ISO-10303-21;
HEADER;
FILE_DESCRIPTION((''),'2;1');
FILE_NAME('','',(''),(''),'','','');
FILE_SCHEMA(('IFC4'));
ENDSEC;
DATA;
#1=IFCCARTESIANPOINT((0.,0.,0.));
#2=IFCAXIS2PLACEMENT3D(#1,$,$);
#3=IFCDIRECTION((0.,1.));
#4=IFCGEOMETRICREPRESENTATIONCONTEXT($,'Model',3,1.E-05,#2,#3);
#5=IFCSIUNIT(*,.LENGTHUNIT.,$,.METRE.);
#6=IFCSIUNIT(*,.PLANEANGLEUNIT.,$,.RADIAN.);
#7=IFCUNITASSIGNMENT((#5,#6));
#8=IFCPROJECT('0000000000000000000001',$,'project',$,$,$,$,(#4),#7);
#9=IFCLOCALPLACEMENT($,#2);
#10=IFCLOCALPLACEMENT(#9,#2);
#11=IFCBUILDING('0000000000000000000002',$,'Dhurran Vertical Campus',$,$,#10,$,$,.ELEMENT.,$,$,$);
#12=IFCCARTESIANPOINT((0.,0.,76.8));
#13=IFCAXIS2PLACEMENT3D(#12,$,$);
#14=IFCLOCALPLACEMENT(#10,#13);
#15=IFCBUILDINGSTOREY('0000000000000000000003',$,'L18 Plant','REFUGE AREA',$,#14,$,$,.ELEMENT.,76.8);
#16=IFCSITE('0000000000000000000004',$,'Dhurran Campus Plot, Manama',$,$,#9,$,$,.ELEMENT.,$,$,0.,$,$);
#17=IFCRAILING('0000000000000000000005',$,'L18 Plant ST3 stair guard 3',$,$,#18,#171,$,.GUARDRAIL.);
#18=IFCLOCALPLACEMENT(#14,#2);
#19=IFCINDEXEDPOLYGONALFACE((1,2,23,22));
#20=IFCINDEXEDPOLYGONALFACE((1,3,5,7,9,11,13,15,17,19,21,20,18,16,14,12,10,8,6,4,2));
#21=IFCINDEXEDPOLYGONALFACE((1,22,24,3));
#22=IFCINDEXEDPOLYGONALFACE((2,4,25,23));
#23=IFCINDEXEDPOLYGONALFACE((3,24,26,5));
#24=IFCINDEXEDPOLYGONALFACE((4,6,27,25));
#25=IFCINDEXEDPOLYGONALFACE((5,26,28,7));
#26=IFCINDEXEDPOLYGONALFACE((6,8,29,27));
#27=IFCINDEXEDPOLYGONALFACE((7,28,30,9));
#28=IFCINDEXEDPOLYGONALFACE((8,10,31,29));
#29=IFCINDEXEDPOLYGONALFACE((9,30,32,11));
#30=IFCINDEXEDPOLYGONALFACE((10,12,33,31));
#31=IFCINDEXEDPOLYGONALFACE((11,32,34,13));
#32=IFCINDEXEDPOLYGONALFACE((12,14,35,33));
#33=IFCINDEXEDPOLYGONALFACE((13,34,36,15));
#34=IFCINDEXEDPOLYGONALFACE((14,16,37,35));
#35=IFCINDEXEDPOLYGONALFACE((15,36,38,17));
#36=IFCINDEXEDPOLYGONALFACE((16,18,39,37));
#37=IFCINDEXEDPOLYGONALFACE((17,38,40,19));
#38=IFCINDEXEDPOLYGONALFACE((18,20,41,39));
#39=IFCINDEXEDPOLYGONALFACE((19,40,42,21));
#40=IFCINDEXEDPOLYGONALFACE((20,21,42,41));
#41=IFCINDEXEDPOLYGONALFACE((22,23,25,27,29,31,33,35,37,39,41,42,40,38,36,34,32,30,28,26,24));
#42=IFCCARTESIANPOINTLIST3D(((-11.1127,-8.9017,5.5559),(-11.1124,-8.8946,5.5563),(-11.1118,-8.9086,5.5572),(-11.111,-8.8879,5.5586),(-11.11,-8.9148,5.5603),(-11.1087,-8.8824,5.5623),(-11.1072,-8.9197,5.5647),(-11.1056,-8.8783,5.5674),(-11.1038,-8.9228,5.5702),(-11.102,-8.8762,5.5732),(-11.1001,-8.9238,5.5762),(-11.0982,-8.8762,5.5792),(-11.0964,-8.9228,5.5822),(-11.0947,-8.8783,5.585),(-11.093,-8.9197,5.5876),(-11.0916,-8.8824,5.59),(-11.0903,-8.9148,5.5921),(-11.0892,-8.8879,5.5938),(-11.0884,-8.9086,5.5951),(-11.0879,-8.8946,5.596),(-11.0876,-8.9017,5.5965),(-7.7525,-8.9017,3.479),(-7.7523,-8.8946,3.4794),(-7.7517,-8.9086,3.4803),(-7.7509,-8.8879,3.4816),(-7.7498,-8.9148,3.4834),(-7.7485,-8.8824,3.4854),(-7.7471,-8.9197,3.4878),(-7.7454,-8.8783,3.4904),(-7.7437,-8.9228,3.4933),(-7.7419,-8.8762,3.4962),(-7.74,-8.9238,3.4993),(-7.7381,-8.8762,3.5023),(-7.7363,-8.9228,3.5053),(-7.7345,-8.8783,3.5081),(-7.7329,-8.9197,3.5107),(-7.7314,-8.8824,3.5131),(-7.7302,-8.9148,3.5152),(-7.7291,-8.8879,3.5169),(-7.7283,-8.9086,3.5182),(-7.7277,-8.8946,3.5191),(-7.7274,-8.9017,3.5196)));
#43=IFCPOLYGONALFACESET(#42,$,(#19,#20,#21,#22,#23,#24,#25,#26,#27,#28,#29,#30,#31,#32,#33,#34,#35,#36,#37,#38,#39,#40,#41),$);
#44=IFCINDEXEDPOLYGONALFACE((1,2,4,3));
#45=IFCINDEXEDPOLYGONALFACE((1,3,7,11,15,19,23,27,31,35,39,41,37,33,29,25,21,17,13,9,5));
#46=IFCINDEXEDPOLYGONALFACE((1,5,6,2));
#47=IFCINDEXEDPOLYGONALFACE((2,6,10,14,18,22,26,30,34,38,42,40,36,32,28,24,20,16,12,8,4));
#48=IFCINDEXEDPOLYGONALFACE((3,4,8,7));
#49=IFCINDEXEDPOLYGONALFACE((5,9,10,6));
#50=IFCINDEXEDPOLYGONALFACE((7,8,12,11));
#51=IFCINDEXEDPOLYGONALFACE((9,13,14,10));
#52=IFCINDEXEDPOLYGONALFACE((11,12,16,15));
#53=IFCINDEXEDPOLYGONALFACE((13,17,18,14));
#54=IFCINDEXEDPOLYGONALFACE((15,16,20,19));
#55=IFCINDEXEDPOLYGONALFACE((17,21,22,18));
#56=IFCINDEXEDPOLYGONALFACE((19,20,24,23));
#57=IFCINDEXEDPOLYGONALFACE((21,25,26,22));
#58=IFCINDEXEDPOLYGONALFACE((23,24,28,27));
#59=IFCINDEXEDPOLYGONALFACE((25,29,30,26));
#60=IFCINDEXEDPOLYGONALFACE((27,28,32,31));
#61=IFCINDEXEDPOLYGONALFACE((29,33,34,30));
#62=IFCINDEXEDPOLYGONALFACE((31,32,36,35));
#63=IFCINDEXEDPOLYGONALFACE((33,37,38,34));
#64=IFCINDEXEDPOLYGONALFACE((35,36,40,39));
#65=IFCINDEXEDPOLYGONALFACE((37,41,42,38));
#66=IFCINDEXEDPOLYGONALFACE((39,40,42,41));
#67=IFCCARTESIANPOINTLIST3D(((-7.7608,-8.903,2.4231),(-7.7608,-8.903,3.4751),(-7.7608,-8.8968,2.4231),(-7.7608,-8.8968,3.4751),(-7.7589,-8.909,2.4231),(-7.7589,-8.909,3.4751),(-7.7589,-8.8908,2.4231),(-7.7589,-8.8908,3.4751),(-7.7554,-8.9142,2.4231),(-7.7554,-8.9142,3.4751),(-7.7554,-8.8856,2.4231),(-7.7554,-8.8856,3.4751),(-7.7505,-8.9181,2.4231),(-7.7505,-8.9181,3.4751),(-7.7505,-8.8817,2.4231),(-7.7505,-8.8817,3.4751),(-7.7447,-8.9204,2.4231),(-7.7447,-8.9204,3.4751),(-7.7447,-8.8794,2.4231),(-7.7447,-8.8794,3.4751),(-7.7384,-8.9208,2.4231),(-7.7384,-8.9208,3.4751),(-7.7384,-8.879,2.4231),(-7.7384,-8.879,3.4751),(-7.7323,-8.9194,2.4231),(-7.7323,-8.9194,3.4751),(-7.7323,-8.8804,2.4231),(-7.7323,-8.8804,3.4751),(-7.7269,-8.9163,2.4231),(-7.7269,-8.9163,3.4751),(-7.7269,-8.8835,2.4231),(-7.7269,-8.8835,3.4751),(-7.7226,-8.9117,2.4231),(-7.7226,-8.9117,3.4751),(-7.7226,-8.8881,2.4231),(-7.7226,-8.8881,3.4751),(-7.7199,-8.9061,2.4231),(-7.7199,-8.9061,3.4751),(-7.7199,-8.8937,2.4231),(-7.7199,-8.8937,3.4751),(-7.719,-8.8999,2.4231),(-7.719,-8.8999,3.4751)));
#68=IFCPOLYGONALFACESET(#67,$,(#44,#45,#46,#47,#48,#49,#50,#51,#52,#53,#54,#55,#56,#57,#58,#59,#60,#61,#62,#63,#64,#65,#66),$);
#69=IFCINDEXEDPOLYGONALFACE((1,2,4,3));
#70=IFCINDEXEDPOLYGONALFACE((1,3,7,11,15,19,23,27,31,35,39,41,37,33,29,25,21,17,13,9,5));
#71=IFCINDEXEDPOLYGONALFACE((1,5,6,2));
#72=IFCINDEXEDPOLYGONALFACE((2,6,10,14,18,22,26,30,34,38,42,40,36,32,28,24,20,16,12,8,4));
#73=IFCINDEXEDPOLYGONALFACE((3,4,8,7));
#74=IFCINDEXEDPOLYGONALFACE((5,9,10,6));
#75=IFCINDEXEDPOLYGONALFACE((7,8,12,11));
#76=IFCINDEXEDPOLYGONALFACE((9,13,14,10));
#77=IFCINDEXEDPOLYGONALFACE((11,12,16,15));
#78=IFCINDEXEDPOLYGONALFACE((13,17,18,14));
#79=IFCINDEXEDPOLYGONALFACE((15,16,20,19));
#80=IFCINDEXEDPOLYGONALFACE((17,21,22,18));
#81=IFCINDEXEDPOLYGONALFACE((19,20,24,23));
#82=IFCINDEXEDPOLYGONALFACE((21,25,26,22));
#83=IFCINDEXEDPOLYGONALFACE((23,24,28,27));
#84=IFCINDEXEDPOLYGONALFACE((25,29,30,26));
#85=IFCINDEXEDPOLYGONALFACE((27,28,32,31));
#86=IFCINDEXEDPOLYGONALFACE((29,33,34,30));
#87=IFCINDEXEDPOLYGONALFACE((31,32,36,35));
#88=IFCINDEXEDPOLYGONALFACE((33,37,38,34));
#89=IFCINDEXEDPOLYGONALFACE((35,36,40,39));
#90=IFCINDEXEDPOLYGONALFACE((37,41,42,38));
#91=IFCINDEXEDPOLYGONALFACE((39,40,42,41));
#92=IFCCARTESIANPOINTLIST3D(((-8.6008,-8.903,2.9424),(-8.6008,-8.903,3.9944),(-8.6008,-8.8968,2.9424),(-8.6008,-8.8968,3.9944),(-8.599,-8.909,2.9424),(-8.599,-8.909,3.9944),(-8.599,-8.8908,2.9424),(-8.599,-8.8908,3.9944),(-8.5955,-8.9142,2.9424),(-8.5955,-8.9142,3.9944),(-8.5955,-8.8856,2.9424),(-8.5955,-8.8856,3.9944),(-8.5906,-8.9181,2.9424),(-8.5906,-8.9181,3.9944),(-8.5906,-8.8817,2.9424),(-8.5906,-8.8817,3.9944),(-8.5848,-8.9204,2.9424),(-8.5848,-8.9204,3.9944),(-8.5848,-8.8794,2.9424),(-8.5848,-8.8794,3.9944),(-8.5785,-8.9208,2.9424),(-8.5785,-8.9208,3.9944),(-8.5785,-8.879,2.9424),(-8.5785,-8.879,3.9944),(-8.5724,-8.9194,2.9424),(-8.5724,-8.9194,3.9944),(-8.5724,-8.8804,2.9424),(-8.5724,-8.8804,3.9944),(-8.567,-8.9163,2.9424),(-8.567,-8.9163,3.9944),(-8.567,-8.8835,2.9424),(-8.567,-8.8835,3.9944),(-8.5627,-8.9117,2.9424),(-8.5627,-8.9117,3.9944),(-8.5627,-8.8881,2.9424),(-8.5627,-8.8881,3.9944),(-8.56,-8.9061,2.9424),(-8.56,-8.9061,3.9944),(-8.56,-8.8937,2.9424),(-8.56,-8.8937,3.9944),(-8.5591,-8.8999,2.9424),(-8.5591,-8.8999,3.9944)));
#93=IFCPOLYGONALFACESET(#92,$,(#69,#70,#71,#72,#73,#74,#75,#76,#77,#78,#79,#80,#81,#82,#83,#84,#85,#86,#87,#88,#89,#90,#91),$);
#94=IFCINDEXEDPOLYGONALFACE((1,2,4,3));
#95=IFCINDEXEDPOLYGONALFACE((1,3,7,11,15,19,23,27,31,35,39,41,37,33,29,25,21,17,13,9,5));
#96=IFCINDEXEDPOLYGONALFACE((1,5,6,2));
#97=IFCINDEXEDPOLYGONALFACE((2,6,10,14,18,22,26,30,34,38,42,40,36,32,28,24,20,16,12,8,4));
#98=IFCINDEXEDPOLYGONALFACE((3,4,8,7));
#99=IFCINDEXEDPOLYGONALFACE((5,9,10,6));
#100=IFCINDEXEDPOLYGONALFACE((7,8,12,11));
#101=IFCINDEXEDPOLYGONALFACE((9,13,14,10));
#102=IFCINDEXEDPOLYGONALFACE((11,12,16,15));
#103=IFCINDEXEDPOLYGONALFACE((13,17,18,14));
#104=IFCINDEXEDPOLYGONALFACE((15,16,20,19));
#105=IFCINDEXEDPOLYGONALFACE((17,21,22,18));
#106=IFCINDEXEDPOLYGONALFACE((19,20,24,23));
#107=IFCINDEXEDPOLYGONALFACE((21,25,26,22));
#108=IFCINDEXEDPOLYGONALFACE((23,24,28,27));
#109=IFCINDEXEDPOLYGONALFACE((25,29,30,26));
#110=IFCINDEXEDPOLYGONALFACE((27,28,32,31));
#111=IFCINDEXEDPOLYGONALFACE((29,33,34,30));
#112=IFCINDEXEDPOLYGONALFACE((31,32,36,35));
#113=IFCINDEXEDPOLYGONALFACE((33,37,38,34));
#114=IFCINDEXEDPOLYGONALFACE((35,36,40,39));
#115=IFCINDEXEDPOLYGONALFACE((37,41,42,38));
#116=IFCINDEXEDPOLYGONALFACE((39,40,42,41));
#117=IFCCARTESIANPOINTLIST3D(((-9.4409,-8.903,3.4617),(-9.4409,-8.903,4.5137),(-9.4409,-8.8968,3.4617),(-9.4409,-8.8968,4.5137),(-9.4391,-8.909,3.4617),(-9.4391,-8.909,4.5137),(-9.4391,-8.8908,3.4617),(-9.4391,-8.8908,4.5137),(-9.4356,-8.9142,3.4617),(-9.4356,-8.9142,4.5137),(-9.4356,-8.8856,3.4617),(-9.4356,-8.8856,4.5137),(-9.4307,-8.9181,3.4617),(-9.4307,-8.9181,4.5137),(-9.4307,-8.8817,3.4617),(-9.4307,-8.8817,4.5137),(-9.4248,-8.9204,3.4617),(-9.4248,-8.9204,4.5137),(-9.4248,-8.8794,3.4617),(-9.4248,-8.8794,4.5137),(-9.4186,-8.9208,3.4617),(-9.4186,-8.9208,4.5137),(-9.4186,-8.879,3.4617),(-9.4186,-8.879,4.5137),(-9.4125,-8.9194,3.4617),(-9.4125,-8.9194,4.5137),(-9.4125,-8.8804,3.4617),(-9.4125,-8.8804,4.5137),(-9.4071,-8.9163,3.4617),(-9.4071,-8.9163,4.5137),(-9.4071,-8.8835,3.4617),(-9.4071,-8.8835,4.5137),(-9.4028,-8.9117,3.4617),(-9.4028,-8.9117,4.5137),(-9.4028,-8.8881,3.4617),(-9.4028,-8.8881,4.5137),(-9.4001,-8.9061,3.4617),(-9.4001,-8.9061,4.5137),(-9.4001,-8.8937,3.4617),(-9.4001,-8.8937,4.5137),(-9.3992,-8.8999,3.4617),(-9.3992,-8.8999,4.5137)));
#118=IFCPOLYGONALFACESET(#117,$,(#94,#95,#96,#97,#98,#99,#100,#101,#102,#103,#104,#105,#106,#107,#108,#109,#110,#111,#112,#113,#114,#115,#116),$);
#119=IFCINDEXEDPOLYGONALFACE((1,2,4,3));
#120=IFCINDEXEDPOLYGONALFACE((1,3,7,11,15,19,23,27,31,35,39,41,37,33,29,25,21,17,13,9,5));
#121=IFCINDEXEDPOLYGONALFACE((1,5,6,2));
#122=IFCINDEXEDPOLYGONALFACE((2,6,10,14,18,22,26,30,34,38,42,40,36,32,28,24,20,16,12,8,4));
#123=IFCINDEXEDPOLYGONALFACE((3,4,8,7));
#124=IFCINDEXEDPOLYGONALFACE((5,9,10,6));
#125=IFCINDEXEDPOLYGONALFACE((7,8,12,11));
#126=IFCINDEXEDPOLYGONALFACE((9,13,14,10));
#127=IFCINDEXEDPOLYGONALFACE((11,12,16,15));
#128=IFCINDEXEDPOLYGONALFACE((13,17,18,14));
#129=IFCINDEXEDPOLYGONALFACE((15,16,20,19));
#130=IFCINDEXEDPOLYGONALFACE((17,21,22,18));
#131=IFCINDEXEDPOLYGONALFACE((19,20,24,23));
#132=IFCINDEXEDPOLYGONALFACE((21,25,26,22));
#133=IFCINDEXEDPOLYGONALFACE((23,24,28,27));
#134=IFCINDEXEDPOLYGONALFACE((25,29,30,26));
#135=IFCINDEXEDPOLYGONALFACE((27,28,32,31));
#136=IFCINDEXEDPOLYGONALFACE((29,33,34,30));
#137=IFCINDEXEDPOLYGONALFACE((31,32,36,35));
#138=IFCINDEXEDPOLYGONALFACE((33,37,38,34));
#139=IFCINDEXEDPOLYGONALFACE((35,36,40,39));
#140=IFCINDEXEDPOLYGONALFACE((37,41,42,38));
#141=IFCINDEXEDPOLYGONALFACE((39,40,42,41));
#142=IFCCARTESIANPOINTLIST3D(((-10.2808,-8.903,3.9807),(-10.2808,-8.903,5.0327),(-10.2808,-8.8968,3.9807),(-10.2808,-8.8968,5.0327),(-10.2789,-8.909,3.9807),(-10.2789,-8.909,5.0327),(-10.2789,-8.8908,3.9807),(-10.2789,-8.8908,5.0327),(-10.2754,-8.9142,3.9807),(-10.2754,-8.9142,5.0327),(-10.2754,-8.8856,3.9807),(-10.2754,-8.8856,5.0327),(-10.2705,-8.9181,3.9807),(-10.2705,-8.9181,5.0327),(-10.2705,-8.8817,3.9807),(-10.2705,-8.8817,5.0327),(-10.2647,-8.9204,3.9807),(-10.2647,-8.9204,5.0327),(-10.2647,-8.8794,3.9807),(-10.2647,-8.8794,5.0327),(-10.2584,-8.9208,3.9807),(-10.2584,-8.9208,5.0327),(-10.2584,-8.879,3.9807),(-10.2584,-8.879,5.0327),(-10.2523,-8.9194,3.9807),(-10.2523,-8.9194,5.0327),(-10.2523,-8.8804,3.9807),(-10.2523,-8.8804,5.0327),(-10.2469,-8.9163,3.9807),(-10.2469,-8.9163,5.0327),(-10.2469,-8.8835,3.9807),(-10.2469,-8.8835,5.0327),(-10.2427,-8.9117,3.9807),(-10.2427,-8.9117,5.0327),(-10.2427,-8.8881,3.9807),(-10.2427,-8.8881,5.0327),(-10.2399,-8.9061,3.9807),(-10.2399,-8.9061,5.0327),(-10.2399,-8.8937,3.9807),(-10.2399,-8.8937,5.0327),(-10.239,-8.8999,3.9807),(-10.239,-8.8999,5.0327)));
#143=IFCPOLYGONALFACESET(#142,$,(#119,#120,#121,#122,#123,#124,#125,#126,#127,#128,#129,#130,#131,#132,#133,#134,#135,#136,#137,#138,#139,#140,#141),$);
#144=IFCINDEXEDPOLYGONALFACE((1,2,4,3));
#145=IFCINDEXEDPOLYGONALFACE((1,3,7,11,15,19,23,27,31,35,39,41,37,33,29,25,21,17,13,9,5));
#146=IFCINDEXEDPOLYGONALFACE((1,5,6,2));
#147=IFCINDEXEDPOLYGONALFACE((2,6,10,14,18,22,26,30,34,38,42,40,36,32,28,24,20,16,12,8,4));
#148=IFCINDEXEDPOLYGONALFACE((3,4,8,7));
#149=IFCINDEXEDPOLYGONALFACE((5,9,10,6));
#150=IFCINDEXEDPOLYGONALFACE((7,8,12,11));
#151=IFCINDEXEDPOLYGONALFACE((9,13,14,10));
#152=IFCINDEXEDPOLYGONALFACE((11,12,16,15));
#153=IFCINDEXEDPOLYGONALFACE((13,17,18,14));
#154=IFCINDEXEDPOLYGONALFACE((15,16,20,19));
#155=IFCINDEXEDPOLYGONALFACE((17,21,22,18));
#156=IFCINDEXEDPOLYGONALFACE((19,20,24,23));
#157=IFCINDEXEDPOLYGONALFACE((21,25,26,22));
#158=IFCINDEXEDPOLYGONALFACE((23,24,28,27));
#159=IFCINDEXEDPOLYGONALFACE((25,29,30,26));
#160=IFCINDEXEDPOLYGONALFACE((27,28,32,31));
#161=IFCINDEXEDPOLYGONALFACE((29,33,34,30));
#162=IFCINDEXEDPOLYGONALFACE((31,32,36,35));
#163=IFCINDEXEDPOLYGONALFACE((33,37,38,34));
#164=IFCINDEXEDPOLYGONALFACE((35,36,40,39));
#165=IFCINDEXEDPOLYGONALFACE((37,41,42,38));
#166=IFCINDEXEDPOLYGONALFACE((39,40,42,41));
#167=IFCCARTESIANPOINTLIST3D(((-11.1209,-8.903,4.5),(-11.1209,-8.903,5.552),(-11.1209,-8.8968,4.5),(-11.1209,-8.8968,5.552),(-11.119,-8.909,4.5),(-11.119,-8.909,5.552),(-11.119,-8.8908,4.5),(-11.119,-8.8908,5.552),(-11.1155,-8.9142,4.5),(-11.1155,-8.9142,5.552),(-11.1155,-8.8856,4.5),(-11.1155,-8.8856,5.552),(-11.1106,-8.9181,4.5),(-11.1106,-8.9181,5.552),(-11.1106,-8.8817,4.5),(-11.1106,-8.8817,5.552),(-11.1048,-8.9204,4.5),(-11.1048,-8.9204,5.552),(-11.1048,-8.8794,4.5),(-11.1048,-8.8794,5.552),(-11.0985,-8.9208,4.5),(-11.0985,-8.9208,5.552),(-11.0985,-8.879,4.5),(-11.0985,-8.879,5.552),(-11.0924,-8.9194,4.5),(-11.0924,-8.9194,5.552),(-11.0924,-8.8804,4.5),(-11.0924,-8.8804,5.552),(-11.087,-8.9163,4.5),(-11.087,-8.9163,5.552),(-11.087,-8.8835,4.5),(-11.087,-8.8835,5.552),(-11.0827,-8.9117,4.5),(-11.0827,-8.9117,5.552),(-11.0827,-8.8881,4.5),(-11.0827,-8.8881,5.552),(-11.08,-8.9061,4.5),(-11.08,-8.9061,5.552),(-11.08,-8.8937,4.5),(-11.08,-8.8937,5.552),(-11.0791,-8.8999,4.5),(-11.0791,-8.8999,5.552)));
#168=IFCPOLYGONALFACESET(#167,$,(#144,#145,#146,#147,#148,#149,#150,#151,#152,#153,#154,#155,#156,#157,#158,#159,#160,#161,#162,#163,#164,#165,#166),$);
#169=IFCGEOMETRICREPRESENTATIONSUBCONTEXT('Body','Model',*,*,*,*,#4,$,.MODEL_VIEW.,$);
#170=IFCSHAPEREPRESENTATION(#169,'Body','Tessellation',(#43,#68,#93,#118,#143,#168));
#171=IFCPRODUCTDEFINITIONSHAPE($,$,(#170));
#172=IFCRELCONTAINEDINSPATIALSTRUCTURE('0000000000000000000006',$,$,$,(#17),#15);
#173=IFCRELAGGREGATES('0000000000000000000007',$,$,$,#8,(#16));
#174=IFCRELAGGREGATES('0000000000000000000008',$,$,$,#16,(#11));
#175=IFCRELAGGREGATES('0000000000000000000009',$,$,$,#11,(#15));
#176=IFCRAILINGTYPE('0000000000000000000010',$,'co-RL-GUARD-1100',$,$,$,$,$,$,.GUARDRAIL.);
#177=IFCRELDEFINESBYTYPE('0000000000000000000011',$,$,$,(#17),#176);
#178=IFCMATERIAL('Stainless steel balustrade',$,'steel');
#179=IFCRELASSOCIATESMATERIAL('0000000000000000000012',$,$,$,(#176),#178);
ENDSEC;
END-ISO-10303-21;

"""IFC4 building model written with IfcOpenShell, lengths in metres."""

from ifc_helpers import new_model, si_unit, direction, frame, origin, origin_2d, place, context, subcontext, project, spatial, circle, extrude, material, type_object, element, save


model = new_model("IFC4")

# Units and contexts
model_context = context("Model", 3, precision=1e-05, world=origin(), true_north=direction((0.0, 1.0)))
body_context = subcontext(model_context, "Body", "Model", "MODEL_VIEW")
ifc_project = project(units=[si_unit("LENGTHUNIT", "METRE"), si_unit("PLANEANGLEUNIT", "RADIAN")], contexts=[model_context])

# Site, building, storey
site_placement = place(None, origin())
site = spatial("IfcSite", under=ifc_project, at=site_placement, Name="Dhurran Campus Plot, Manama", CompositionType="ELEMENT", RefElevation=0.0)
building_placement = place(site_placement, origin())
building = spatial("IfcBuilding", under=site, at=building_placement, Name="Dhurran Vertical Campus", CompositionType="ELEMENT")
storey_placement = place(building_placement, frame((0.0, 0.0, 76.8)))
storey = spatial("IfcBuildingStorey", under=building, at=storey_placement, Name="L18 Plant", Description="REFUGE AREA", CompositionType="ELEMENT", Elevation=76.8)

# Railing
ifc_material_1 = material(Name="Stainless steel balustrade", Category="steel")
railing_type_1 = type_object("IfcRailingType", Name="co-RL-GUARD-1100", PredefinedType="GUARDRAIL", material=ifc_material_1)
railing_1_placement = place(storey_placement, frame((-7.74, -8.8999, 2.4231)))
element("IfcRailing", 1, at=railing_1_placement, inside=storey, type_object=railing_type_1, Name="L18 Plant ST3 stair guard 3", PredefinedType="GUARDRAIL", context=body_context, shape_type="SweptSolid", body=[
    extrude(circle(Radius=0.0239, at=origin_2d()), frame((0.0, 0.0, 1.0762), z_axis=(-0.850623, 0.0, 0.525776), x_axis=(0.0, -1.0, 0.0)), (0.0, 0.0, 1.0), 3.9502),
    extrude(circle(Radius=0.021, at=origin_2d()), origin(), (0.0, 0.0, 1.0), 1.052),
    extrude(circle(Radius=0.021, at=origin_2d()), frame((-0.8401, 0.0, 0.5193)), (0.0, 0.0, 1.0), 1.052),
    extrude(circle(Radius=0.021, at=origin_2d()), frame((-1.6802, 0.0, 1.0386)), (0.0, 0.0, 1.0), 1.052),
    extrude(circle(Radius=0.021, at=origin_2d()), frame((-2.52, 0.0, 1.5576)), (0.0, 0.0, 1.0), 1.052),
    extrude(circle(Radius=0.021, at=origin_2d()), frame((-3.3601, 0.0, 2.0769)), (0.0, 0.0, 1.0), 1.052),
])

save(model, "model.ifc")
